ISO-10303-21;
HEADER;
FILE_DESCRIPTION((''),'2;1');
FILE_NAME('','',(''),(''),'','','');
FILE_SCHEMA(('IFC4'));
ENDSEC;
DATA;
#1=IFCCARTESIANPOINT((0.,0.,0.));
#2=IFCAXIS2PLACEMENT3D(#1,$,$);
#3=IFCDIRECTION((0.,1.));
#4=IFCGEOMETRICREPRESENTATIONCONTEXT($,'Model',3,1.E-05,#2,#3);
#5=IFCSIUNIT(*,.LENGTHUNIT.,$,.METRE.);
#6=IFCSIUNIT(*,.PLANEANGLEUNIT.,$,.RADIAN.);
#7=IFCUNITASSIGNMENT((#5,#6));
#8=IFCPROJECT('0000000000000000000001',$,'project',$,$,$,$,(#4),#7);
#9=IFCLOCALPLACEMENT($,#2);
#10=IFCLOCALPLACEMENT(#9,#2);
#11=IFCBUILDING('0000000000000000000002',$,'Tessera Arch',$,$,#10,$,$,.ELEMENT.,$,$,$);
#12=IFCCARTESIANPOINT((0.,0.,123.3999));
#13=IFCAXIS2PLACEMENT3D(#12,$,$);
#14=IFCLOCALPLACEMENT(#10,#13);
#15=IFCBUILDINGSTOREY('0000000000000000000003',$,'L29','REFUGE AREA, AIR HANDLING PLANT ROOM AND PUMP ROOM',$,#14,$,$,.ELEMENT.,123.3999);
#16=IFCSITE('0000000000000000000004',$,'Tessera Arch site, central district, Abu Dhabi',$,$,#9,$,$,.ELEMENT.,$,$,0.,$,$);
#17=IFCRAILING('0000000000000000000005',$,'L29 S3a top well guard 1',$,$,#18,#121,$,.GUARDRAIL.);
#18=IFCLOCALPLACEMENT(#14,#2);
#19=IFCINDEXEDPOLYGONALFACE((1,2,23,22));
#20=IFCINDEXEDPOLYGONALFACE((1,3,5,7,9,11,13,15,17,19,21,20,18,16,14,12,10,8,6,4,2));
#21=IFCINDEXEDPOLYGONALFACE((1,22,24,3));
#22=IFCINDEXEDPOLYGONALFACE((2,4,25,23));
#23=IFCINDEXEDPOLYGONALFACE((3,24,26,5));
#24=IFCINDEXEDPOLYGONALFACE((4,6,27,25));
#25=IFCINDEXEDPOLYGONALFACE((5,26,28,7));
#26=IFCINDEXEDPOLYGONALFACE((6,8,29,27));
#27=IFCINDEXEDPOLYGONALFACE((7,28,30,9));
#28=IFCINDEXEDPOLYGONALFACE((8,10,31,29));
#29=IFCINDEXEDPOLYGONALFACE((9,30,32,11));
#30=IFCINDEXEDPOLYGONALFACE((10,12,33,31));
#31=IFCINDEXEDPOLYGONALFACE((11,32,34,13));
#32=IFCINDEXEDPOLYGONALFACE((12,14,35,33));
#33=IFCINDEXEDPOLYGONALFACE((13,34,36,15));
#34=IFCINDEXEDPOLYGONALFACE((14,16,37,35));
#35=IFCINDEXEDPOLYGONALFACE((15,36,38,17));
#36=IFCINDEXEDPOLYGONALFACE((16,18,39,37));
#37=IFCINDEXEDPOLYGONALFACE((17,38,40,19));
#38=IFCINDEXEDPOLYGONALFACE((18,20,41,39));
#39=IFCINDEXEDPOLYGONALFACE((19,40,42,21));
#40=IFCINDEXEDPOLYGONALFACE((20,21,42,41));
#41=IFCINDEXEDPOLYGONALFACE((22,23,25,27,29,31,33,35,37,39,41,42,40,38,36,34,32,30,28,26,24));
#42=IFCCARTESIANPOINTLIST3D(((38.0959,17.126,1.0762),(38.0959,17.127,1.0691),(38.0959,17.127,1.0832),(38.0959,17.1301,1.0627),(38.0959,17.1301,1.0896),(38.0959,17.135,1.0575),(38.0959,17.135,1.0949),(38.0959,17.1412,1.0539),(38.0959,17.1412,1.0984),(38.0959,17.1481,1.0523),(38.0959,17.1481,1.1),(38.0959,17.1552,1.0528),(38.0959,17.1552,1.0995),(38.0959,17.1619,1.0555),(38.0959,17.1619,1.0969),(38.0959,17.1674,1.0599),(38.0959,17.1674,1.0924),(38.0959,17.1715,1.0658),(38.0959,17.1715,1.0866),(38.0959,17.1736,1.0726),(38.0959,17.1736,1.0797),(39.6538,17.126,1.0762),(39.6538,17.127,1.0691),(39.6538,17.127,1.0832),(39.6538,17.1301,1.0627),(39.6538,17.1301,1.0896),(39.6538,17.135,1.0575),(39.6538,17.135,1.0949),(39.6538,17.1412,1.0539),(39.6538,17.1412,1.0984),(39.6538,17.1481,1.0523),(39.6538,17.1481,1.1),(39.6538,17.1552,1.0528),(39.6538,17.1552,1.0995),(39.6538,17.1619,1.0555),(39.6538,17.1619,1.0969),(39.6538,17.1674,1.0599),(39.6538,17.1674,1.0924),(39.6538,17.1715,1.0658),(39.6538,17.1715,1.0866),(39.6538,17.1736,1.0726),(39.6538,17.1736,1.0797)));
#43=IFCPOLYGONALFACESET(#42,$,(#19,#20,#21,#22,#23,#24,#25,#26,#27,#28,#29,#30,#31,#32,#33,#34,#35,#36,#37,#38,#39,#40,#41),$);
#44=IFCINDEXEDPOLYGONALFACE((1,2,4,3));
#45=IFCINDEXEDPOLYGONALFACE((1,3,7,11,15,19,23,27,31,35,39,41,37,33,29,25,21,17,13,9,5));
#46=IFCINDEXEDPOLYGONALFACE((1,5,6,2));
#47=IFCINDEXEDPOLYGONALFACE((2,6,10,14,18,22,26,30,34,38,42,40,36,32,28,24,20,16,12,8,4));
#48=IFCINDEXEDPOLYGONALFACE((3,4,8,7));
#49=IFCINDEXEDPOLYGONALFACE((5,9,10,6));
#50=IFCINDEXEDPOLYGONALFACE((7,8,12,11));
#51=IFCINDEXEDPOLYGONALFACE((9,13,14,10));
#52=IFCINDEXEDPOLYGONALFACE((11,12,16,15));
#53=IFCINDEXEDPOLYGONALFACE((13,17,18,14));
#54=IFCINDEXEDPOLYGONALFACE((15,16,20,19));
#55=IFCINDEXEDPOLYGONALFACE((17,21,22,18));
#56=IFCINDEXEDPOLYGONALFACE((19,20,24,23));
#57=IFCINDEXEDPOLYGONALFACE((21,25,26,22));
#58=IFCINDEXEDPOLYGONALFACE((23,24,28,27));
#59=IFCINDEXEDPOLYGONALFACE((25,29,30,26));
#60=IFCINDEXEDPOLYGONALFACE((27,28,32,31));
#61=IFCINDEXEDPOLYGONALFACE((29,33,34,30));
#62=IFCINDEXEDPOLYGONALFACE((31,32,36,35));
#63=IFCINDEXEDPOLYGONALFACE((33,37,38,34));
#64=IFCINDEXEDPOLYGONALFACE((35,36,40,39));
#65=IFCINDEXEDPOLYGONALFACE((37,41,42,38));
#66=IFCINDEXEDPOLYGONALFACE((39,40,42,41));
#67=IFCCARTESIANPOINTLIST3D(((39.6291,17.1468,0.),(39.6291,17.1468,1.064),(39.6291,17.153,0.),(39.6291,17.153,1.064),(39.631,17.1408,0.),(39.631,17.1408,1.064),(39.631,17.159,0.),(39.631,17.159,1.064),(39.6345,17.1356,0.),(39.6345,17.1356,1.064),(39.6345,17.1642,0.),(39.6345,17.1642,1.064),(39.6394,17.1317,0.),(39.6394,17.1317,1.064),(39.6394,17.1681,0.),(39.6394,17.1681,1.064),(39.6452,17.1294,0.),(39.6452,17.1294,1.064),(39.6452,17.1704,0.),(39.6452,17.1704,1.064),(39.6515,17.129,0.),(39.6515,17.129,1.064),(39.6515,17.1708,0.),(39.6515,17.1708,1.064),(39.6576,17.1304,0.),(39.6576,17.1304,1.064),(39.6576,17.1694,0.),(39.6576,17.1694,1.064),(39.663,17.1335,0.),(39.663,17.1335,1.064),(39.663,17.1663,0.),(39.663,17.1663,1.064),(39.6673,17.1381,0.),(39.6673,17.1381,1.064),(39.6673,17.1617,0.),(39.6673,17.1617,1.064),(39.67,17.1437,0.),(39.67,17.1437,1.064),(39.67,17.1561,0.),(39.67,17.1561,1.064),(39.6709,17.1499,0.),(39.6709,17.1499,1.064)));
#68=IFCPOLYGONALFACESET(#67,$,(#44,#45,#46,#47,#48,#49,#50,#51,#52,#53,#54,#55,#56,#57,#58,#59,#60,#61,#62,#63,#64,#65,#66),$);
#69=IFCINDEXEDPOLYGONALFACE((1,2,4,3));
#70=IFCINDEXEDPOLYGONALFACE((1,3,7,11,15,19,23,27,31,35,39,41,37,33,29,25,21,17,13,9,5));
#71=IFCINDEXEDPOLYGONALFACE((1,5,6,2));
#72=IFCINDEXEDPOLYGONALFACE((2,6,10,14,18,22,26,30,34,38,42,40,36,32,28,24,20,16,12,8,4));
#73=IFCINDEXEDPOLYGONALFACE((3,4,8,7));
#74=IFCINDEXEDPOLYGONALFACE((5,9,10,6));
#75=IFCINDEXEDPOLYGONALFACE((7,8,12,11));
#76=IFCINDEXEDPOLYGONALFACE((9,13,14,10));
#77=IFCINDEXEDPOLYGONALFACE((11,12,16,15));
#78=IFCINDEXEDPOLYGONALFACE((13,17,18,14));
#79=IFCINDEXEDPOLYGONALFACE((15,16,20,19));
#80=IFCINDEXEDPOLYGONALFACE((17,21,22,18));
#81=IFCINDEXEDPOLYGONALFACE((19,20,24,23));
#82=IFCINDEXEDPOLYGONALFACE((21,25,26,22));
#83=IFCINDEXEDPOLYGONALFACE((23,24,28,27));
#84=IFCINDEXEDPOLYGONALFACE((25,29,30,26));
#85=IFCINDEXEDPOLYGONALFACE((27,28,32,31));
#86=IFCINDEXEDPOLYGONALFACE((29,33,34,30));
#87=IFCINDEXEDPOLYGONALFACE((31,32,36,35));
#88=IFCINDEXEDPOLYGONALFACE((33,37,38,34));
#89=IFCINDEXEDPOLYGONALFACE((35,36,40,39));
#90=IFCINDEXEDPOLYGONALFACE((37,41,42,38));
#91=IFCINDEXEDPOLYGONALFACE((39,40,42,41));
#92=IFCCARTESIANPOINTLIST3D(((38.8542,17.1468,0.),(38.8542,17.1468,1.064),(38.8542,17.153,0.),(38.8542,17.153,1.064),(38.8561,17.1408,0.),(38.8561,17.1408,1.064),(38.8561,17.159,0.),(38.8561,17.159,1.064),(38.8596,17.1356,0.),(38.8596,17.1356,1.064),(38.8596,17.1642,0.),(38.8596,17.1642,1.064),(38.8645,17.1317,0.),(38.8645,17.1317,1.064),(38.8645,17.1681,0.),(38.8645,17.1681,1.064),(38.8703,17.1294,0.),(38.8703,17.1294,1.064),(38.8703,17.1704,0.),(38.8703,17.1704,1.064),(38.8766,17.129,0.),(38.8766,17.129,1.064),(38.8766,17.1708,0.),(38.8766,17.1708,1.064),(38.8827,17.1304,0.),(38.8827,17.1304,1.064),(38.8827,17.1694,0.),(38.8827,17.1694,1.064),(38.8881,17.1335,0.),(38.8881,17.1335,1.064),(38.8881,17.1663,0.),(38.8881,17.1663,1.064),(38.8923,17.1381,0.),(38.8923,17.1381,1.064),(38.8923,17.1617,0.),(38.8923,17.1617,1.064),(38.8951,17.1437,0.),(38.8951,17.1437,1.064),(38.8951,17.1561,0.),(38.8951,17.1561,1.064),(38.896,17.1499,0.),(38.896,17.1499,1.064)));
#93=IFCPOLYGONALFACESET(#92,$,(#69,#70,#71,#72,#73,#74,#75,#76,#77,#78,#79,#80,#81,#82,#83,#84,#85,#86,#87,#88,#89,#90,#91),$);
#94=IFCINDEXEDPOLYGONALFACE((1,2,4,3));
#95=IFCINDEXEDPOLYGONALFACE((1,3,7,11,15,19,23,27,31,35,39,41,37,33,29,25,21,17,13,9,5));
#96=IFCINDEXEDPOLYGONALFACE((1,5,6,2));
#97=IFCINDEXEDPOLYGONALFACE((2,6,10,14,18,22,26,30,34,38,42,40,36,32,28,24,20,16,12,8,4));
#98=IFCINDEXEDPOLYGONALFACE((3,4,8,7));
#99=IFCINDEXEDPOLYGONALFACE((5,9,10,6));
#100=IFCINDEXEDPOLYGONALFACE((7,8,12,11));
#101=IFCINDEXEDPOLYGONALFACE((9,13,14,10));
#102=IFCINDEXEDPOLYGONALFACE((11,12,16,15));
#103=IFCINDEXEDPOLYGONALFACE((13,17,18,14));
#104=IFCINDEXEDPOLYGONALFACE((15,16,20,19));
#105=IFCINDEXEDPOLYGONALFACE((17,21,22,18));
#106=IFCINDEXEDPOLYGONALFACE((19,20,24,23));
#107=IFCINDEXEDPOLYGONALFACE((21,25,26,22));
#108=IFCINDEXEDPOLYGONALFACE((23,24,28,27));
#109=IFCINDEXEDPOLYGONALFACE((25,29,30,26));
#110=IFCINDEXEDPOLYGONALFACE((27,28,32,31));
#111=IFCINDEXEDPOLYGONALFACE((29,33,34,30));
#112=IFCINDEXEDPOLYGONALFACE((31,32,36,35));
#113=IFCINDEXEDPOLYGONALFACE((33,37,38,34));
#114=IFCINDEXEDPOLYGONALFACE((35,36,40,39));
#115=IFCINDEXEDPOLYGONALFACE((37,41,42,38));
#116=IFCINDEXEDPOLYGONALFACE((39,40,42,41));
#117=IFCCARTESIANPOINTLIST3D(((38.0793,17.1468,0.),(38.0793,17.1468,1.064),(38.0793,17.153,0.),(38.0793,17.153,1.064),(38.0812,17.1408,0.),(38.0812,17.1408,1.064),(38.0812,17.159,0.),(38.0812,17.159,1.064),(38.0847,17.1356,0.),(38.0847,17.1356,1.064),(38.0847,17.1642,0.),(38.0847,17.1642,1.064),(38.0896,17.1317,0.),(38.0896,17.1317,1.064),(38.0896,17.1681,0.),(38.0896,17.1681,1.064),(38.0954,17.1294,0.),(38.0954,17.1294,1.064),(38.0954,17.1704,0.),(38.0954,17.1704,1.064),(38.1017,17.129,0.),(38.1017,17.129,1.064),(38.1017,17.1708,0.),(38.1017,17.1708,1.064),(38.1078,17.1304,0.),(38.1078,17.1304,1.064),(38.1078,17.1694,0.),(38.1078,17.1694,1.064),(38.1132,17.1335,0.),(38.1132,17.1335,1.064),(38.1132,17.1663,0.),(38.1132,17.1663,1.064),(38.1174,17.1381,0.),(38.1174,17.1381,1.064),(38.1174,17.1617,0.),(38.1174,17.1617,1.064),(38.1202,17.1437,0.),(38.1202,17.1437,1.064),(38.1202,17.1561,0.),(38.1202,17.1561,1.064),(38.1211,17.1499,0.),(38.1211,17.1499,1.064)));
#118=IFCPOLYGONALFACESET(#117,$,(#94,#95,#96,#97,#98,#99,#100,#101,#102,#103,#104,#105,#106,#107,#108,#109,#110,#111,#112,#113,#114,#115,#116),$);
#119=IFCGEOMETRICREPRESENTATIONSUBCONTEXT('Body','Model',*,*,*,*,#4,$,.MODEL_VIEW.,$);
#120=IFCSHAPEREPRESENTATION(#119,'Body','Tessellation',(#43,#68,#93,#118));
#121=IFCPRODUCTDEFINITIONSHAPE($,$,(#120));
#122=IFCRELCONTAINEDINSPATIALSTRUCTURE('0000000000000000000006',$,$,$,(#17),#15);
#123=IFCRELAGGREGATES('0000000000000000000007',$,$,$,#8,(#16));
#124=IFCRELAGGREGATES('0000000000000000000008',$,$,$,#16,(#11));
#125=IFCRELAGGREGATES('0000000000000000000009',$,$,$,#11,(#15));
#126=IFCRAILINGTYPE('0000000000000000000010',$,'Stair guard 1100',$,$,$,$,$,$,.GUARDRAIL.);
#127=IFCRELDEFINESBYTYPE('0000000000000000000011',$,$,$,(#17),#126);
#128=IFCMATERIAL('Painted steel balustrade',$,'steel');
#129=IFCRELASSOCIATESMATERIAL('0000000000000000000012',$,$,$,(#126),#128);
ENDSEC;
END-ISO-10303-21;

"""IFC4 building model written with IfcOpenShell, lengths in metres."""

from ifc_helpers import new_model, si_unit, direction, frame, origin, origin_2d, place, context, subcontext, project, spatial, circle, extrude, material, type_object, element, save


model = new_model("IFC4")

# Units and contexts
model_context = context("Model", 3, precision=1e-05, world=origin(), true_north=direction((0.0, 1.0)))
body_context = subcontext(model_context, "Body", "Model", "MODEL_VIEW")
ifc_project = project(units=[si_unit("LENGTHUNIT", "METRE"), si_unit("PLANEANGLEUNIT", "RADIAN")], contexts=[model_context])

# Site, building, storey
site_placement = place(None, origin())
site = spatial("IfcSite", under=ifc_project, at=site_placement, Name="Tessera Arch site, central district, Abu Dhabi", CompositionType="ELEMENT", RefElevation=0.0)
building_placement = place(site_placement, origin())
building = spatial("IfcBuilding", under=site, at=building_placement, Name="Tessera Arch", CompositionType="ELEMENT")
storey_placement = place(building_placement, frame((0.0, 0.0, 123.3999)))
storey = spatial("IfcBuildingStorey", under=building, at=storey_placement, Name="L29", Description="REFUGE AREA, AIR HANDLING PLANT ROOM AND PUMP ROOM", CompositionType="ELEMENT", Elevation=123.3999)

# Railing
ifc_material_1 = material(Name="Painted steel balustrade", Category="steel")
railing_type = type_object("IfcRailingType", Name="Stair guard 1100", PredefinedType="GUARDRAIL", material=ifc_material_1)
railing_1_placement = place(storey_placement, frame((39.6499, 17.1499, 0.0)))
element("IfcRailing", 1, at=railing_1_placement, inside=storey, type_object=railing_type, Name="L29 S3a top well guard 1", PredefinedType="GUARDRAIL", context=body_context, shape_type="SweptSolid", body=[
    extrude(circle(Radius=0.0239, at=origin_2d()), frame((0.0039, 0.0, 1.0762), z_axis=(-1.0, 0.0, 0.0), x_axis=(0.0, -1.0, 0.0)), (0.0, 0.0, 1.0), 1.5579),
    extrude(circle(Radius=0.021, at=origin_2d()), origin(), (0.0, 0.0, 1.0), 1.064),
    extrude(circle(Radius=0.021, at=origin_2d()), frame((-0.7749, 0.0, 0.0)), (0.0, 0.0, 1.0), 1.064),
    extrude(circle(Radius=0.021, at=origin_2d()), frame((-1.5498, 0.0, 0.0)), (0.0, 0.0, 1.0), 1.064),
])

save(model, "model.ifc")
